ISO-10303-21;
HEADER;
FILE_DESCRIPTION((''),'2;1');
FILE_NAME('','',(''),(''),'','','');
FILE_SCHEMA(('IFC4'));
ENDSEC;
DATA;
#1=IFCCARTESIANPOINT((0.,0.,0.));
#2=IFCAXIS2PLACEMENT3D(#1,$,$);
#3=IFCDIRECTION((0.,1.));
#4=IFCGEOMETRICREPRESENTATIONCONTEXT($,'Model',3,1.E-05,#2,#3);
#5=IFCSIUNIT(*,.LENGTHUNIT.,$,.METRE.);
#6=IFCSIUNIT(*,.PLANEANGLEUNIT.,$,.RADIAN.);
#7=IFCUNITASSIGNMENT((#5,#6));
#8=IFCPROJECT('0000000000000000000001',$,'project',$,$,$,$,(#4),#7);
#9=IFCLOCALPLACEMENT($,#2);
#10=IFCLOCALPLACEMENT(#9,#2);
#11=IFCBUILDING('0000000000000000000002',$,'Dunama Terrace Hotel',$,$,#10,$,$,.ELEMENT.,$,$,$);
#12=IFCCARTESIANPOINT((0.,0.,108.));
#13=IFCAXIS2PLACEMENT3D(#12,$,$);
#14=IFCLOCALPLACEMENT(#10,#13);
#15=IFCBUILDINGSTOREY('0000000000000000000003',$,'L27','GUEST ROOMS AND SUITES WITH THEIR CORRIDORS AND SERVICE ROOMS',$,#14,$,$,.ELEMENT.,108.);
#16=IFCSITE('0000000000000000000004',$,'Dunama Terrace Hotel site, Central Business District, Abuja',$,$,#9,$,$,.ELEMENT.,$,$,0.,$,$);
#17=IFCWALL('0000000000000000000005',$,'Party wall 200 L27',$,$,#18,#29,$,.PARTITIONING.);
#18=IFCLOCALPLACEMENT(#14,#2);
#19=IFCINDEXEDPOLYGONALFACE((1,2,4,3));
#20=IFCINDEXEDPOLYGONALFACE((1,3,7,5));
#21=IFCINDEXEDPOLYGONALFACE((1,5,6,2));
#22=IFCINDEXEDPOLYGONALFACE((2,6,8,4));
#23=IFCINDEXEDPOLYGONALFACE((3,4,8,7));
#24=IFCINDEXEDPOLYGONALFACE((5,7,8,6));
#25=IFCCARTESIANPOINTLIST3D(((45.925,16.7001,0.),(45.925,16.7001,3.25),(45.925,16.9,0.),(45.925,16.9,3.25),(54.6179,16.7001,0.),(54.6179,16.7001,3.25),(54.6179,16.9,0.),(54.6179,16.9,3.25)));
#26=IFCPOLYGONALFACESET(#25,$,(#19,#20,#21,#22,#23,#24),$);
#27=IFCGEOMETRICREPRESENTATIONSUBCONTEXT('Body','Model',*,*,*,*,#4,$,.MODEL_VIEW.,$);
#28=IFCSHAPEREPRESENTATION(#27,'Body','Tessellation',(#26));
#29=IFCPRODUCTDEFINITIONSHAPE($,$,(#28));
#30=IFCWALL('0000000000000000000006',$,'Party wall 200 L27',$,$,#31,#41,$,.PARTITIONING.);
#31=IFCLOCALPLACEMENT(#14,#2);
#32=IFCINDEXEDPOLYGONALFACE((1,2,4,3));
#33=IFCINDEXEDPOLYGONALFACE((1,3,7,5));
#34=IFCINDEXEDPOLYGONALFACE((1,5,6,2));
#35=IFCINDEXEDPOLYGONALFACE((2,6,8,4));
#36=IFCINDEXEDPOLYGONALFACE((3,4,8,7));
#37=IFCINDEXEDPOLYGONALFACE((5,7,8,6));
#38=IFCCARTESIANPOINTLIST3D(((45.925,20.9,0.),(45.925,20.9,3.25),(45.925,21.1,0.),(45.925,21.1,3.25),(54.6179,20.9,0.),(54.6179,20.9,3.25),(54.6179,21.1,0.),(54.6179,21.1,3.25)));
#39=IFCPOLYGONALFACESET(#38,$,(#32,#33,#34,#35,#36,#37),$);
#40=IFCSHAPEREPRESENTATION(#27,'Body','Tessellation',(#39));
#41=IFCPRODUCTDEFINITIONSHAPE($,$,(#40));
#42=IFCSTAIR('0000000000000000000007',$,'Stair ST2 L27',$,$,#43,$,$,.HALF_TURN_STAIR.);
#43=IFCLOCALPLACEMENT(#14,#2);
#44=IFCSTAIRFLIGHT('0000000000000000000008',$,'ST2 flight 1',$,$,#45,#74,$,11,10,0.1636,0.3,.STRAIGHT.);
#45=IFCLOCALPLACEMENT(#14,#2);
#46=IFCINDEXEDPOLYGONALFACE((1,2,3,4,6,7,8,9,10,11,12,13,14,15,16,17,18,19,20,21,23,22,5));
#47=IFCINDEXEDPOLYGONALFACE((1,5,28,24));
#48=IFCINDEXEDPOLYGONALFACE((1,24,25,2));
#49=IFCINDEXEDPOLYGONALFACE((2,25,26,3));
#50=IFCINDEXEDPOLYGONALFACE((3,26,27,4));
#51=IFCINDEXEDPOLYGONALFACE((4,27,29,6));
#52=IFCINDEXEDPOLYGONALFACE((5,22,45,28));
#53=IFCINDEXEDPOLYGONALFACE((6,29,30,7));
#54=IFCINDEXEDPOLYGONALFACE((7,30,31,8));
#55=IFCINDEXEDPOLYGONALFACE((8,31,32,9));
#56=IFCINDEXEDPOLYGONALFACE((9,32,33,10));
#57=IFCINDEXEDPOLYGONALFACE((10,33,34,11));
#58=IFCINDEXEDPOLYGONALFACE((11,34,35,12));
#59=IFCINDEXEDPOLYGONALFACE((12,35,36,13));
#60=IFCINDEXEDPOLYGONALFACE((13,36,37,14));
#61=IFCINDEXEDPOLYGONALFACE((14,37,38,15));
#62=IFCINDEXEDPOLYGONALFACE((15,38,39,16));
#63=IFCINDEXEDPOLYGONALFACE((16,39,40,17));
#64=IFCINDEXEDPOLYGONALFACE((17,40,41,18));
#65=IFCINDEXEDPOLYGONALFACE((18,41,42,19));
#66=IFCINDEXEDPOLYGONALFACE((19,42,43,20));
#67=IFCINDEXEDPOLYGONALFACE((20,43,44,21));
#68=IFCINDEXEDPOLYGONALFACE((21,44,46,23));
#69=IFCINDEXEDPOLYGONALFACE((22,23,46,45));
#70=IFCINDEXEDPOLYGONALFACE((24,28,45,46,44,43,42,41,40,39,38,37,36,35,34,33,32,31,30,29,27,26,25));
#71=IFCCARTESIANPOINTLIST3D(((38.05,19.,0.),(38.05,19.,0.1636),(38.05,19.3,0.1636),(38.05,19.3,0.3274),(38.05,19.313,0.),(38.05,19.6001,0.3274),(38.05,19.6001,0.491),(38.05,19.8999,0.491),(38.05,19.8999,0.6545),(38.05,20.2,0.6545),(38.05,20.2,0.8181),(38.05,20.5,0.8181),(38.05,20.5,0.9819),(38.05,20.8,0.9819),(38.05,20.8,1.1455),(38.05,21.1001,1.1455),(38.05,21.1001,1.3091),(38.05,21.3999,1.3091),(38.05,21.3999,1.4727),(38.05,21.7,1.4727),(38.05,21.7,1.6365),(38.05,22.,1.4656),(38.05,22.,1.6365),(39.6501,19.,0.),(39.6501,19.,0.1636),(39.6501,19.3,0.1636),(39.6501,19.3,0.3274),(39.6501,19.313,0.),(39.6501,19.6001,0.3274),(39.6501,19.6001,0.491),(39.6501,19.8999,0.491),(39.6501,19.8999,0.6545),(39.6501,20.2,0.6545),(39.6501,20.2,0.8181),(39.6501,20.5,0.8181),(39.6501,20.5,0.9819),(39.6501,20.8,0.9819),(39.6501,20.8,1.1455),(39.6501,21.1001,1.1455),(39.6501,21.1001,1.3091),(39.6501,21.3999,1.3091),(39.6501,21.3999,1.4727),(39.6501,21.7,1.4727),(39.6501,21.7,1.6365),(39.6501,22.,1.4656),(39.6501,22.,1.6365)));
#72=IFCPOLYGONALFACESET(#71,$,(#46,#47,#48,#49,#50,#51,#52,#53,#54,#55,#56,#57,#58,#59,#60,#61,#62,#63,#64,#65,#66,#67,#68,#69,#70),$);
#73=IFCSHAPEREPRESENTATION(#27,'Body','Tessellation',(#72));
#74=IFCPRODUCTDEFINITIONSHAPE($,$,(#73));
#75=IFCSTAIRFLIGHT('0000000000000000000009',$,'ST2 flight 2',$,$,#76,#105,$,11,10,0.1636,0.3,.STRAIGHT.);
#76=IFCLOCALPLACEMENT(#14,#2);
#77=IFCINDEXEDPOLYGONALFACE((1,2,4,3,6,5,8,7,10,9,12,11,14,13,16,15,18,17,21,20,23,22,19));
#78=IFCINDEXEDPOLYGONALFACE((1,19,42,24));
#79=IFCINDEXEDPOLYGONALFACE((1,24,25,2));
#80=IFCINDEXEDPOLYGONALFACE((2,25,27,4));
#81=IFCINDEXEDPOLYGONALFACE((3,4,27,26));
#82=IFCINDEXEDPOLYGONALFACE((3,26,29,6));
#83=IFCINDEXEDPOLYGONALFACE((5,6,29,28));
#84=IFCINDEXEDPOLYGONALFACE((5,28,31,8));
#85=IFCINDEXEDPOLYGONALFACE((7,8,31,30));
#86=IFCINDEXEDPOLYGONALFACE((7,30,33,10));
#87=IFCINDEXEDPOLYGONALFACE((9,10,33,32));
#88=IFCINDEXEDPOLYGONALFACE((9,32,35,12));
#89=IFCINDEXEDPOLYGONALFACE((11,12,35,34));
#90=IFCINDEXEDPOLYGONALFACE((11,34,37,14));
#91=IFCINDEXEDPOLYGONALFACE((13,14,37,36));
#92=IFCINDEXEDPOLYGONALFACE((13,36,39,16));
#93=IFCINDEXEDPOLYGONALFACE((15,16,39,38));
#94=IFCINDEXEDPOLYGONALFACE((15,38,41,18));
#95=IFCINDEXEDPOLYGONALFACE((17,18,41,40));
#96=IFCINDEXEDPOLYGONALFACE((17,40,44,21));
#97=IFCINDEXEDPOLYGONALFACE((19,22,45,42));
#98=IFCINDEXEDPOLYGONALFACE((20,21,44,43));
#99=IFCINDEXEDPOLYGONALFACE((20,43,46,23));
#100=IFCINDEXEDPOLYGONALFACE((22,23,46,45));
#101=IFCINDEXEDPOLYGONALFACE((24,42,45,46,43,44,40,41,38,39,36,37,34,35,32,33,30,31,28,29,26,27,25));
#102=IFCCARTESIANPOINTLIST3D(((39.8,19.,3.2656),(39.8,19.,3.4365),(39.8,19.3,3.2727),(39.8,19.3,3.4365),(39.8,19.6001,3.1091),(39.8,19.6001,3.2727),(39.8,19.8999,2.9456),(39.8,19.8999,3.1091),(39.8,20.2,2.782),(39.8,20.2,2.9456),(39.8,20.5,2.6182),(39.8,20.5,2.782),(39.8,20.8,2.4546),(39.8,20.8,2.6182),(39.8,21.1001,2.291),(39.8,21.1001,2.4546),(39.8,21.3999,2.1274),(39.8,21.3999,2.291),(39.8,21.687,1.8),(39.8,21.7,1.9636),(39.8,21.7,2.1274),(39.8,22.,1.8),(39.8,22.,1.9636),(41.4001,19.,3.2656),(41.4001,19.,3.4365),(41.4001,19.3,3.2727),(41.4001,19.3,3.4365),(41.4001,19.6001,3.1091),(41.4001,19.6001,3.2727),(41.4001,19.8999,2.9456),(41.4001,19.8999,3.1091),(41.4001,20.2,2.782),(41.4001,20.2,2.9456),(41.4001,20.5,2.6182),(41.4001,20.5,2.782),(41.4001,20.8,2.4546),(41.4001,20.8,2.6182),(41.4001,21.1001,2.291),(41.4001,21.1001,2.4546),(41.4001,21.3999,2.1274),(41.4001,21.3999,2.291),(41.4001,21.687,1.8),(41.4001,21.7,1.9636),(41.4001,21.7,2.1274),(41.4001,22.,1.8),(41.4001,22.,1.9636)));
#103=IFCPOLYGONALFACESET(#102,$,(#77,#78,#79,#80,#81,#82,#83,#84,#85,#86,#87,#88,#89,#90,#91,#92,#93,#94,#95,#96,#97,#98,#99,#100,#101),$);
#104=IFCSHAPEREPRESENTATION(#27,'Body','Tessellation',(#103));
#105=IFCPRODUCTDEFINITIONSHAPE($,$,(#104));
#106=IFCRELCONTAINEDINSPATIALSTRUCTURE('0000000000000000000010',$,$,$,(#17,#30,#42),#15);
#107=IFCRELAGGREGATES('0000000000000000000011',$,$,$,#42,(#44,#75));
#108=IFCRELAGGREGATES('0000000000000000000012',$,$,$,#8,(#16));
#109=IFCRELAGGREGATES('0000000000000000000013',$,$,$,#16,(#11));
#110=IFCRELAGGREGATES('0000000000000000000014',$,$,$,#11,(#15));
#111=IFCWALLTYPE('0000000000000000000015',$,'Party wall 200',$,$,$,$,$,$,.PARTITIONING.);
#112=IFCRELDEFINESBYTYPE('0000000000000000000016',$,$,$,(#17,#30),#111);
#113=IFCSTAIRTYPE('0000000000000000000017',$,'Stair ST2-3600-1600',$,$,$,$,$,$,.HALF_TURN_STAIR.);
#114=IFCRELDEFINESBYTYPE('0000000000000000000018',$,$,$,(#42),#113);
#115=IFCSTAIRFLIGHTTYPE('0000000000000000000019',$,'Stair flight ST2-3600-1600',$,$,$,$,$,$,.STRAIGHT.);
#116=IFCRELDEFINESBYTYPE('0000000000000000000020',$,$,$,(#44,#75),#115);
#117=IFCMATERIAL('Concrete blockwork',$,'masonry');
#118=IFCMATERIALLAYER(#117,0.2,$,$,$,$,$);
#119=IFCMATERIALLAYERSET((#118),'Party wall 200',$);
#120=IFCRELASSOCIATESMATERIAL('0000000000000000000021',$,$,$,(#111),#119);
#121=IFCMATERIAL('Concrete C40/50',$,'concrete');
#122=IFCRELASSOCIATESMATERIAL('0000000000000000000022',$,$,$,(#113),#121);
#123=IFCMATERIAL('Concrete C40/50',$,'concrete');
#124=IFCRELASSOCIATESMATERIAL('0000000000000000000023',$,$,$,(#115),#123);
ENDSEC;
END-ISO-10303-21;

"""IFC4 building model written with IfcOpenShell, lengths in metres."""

from ifc_helpers import new_model, si_unit, direction, frame, frame_2d, origin, place, context, subcontext, project, spatial, polyline, rectangle, outline, extrude, material, layer, layer_set, type_object, element, aggregate, save


model = new_model("IFC4")

# Units and contexts
model_context = context("Model", 3, precision=1e-05, world=origin(), true_north=direction((0.0, 1.0)))
body_context = subcontext(model_context, "Body", "Model", "MODEL_VIEW")
ifc_project = project(units=[si_unit("LENGTHUNIT", "METRE"), si_unit("PLANEANGLEUNIT", "RADIAN")], contexts=[model_context])

# Site, building, storey
site_placement = place(None, origin())
site = spatial("IfcSite", under=ifc_project, at=site_placement, Name="Dunama Terrace Hotel site, Central Business District, Abuja", CompositionType="ELEMENT", RefElevation=0.0)
building_placement = place(site_placement, origin())
building = spatial("IfcBuilding", under=site, at=building_placement, Name="Dunama Terrace Hotel", CompositionType="ELEMENT")
storey_placement = place(building_placement, frame((0.0, 0.0, 108.0)))
storey = spatial("IfcBuildingStorey", under=building, at=storey_placement, Name="L27", Description="GUEST ROOMS AND SUITES WITH THEIR CORRIDORS AND SERVICE ROOMS", CompositionType="ELEMENT", Elevation=108.0)

# Walls
ifc_material_1 = material(Name="Concrete blockwork", Category="masonry")
ifc_layer_1 = layer(ifc_material_1, 0.2)
ifc_layer_set_1 = layer_set([ifc_layer_1], Name="Party wall 200")
wall_type_1 = type_object("IfcWallType", Name="Party wall 200", PredefinedType="PARTITIONING", material=ifc_layer_set_1)
for number, where, z_axis, x_axis, name in (
    (1, (45.925, 16.8, 0.0), (0.0, 0.0, 1.0), (1.0, 0.0, 0.0), "Party wall 200 L27"),
    (2, (45.925, 21.0, 0.0), (0.0, 0.0, 1.0), (1.0, 0.0, 0.0), "Party wall 200 L27"),
):
    element("IfcWall", number, at=place(storey_placement, frame(where, z_axis=z_axis, x_axis=x_axis)), inside=storey, type_object=wall_type_1, Name=name, PredefinedType="PARTITIONING", context=body_context, shape_type="SweptSolid", body=[
        extrude(rectangle(XDim=8.6929, YDim=0.2, at=frame_2d((4.3464, 0.0))), origin(), (0.0, 0.0, 1.0), 3.25),
    ])

# Stair, stair flights
ifc_material_2 = material(Name="Concrete C40/50", Category="concrete")
stair_type = type_object("IfcStairType", Name="Stair ST2-3600-1600", PredefinedType="HALF_TURN_STAIR", material=ifc_material_2)
stair_placement = place(storey_placement, origin())
stair = element("IfcStair", 3, at=stair_placement, inside=storey, type_object=stair_type, Name="Stair ST2 L27", PredefinedType="HALF_TURN_STAIR")
ifc_material_3 = material(Name="Concrete C40/50", Category="concrete")
stair_flight_type = type_object("IfcStairFlightType", Name="Stair flight ST2-3600-1600", PredefinedType="STRAIGHT", material=ifc_material_3)
stair_flight_1_placement = place(storey_placement, frame((38.8501, 19.0, 0.0), z_axis=(0.0, 0.0, 1.0), x_axis=(0.0, 1.0, 0.0)))
stair_flight_1 = element("IfcStairFlight", 4, at=stair_flight_1_placement, type_object=stair_flight_type, Name="ST2 flight 1", NumberOfRisers=11, NumberOfTreads=10, PredefinedType="STRAIGHT", RiserHeight=0.1636, TreadLength=0.3, context=body_context, shape_type="SweptSolid", body=[
    extrude(outline(polyline([(0.0, 0.0), (0.0, 0.1636), (0.3, 0.1636), (0.3, 0.3274), (0.6001, 0.3274), (0.6001, 0.491), (0.8999, 0.491), (0.8999, 0.6545), (1.2, 0.6545), (1.2, 0.8181), (1.5, 0.8181), (1.5, 0.9819), (1.8, 0.9819), (1.8, 1.1455), (2.1001, 1.1455), (2.1001, 1.3091), (2.3999, 1.3091), (2.3999, 1.4727), (2.7, 1.4727), (2.7, 1.6365), (3.0, 1.6365), (3.0, 1.8), (3.0, 1.4656), (0.313, 0.0), (0.0, 0.0)])), frame((0.0, 0.8, 0.0), z_axis=(0.0, -1.0, 0.0), x_axis=(1.0, 0.0, 0.0)), (0.0, 0.0, 1.0), 1.6001),
])
stair_flight_2_placement = place(storey_placement, frame((40.6001, 22.0, 1.8), z_axis=(0.0, 0.0, 1.0), x_axis=(0.0, -1.0, 0.0)))
stair_flight_2 = element("IfcStairFlight", 5, at=stair_flight_2_placement, type_object=stair_flight_type, Name="ST2 flight 2", NumberOfRisers=11, NumberOfTreads=10, PredefinedType="STRAIGHT", RiserHeight=0.1636, TreadLength=0.3, context=body_context, shape_type="SweptSolid", body=[
    extrude(outline(polyline([(0.0, 0.0), (0.0, 0.1636), (0.3, 0.1636), (0.3, 0.3274), (0.6001, 0.3274), (0.6001, 0.491), (0.8999, 0.491), (0.8999, 0.6545), (1.2, 0.6545), (1.2, 0.8181), (1.5, 0.8181), (1.5, 0.9819), (1.8, 0.9819), (1.8, 1.1455), (2.1001, 1.1455), (2.1001, 1.3091), (2.3999, 1.3091), (2.3999, 1.4727), (2.7, 1.4727), (2.7, 1.6365), (3.0, 1.6365), (3.0, 1.8), (3.0, 1.4656), (0.313, 0.0), (0.0, 0.0)])), frame((0.0, 0.8, 0.0), z_axis=(0.0, -1.0, 0.0), x_axis=(1.0, 0.0, 0.0)), (0.0, 0.0, 1.0), 1.6001),
])
aggregate(stair, [stair_flight_1, stair_flight_2])

save(model, "model.ifc")
